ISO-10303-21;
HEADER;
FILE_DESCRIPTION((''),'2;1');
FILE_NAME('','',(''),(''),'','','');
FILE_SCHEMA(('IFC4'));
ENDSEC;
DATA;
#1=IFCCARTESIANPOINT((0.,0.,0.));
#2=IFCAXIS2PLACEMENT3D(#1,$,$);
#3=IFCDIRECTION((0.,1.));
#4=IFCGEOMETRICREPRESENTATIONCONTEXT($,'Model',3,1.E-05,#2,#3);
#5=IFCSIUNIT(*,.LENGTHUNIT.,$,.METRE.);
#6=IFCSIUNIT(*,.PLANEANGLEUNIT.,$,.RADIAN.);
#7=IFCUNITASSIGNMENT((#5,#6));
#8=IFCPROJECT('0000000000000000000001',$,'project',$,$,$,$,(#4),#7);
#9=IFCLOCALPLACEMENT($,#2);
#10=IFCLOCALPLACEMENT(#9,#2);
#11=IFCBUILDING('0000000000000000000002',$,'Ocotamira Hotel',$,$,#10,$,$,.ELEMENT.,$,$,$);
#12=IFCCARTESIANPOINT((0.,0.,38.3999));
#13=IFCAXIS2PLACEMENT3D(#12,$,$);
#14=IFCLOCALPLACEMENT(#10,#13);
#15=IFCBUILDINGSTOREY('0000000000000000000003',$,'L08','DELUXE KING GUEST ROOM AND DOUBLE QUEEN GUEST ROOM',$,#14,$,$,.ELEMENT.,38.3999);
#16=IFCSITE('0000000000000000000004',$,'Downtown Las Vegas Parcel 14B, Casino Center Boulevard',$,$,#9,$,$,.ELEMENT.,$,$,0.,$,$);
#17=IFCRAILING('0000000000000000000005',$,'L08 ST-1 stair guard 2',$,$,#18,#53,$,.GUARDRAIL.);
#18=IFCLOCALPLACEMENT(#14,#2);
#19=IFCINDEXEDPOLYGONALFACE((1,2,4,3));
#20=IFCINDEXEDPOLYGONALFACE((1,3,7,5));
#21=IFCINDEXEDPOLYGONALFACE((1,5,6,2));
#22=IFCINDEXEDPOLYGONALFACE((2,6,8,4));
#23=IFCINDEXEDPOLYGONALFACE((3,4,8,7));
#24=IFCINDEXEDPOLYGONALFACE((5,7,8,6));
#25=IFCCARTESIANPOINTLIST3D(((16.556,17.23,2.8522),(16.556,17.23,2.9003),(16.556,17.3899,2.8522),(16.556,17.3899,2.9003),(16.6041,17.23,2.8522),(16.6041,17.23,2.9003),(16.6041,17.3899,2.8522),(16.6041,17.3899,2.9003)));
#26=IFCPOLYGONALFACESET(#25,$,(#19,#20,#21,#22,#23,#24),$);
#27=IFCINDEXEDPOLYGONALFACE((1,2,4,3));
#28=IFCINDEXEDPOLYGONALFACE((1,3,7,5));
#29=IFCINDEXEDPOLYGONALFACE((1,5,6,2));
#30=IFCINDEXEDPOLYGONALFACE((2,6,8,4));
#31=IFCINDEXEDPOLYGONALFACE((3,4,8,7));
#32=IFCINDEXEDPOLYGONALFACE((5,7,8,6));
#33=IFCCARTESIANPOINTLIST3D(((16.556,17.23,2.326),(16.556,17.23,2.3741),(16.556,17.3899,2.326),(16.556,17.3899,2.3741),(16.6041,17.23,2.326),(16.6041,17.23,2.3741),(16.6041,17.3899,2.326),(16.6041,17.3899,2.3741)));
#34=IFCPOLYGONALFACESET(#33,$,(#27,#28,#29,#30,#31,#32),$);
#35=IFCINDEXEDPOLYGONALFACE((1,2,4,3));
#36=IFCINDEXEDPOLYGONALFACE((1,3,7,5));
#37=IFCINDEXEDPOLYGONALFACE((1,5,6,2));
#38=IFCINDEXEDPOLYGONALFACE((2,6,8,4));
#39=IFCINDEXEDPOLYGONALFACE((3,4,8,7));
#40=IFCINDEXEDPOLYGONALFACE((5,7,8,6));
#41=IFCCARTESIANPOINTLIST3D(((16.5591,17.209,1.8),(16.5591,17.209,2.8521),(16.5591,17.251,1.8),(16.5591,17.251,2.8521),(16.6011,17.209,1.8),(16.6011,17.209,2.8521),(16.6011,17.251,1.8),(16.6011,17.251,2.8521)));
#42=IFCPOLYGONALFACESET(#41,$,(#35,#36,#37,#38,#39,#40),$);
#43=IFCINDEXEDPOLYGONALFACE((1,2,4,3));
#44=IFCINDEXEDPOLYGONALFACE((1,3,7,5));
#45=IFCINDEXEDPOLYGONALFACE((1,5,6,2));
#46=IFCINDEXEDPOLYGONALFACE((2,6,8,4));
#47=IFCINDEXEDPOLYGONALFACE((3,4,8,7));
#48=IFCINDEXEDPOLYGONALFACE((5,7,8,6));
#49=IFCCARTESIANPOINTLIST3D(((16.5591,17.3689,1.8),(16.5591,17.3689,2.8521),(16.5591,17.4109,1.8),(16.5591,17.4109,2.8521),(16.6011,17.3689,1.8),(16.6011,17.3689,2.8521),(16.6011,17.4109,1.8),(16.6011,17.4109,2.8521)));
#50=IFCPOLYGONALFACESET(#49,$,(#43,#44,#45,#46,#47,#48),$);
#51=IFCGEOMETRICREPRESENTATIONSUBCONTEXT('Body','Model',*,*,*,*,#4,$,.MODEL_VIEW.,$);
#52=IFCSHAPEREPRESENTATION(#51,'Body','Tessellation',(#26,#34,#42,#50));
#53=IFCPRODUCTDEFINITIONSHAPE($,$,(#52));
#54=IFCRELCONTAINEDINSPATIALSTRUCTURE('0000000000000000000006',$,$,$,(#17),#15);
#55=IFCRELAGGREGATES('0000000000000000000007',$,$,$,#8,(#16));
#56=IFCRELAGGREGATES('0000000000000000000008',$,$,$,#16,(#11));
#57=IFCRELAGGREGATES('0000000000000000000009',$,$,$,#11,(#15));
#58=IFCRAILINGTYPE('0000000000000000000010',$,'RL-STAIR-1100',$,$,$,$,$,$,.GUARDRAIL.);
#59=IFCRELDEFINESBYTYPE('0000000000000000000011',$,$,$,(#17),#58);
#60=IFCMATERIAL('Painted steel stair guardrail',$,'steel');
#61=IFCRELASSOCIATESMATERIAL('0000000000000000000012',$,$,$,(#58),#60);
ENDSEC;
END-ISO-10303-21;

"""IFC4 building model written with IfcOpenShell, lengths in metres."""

from ifc_helpers import new_model, si_unit, direction, frame, origin, origin_2d, place, context, subcontext, project, spatial, rectangle, extrude, material, type_object, element, save


model = new_model("IFC4")

# Units and contexts
model_context = context("Model", 3, precision=1e-05, world=origin(), true_north=direction((0.0, 1.0)))
body_context = subcontext(model_context, "Body", "Model", "MODEL_VIEW")
ifc_project = project(units=[si_unit("LENGTHUNIT", "METRE"), si_unit("PLANEANGLEUNIT", "RADIAN")], contexts=[model_context])

# Site, building, storey
site_placement = place(None, origin())
site = spatial("IfcSite", under=ifc_project, at=site_placement, Name="Downtown Las Vegas Parcel 14B, Casino Center Boulevard", CompositionType="ELEMENT", RefElevation=0.0)
building_placement = place(site_placement, origin())
building = spatial("IfcBuilding", under=site, at=building_placement, Name="Ocotamira Hotel", CompositionType="ELEMENT")
storey_placement = place(building_placement, frame((0.0, 0.0, 38.3999)))
storey = spatial("IfcBuildingStorey", under=building, at=storey_placement, Name="L08", Description="DELUXE KING GUEST ROOM AND DOUBLE QUEEN GUEST ROOM", CompositionType="ELEMENT", Elevation=38.3999)

# Railing
ifc_material_1 = material(Name="Painted steel stair guardrail", Category="steel")
railing_type_1 = type_object("IfcRailingType", Name="RL-STAIR-1100", PredefinedType="GUARDRAIL", material=ifc_material_1)
railing_1_placement = place(storey_placement, frame((16.5801, 17.23, 1.8)))
element("IfcRailing", 1, at=railing_1_placement, inside=storey, type_object=railing_type_1, Name="L08 ST-1 stair guard 2", PredefinedType="GUARDRAIL", context=body_context, shape_type="SweptSolid", body=[
    extrude(rectangle(XDim=0.0481, YDim=0.0481, at=origin_2d()), frame((0.0, 0.0, 1.0762), z_axis=(0.0, 1.0, 0.0), x_axis=(-1.0, 0.0, 0.0)), (0.0, 0.0, 1.0), 0.1599),
    extrude(rectangle(XDim=0.0481, YDim=0.0481, at=origin_2d()), frame((0.0, 0.0, 0.55), z_axis=(0.0, 1.0, 0.0), x_axis=(-1.0, 0.0, 0.0)), (0.0, 0.0, 1.0), 0.1599),
    extrude(rectangle(XDim=0.042, YDim=0.042, at=origin_2d()), origin(), (0.0, 0.0, 1.0), 1.052),
    extrude(rectangle(XDim=0.042, YDim=0.042, at=origin_2d()), frame((0.0, 0.1599, 0.0)), (0.0, 0.0, 1.0), 1.052),
])

save(model, "model.ifc")
